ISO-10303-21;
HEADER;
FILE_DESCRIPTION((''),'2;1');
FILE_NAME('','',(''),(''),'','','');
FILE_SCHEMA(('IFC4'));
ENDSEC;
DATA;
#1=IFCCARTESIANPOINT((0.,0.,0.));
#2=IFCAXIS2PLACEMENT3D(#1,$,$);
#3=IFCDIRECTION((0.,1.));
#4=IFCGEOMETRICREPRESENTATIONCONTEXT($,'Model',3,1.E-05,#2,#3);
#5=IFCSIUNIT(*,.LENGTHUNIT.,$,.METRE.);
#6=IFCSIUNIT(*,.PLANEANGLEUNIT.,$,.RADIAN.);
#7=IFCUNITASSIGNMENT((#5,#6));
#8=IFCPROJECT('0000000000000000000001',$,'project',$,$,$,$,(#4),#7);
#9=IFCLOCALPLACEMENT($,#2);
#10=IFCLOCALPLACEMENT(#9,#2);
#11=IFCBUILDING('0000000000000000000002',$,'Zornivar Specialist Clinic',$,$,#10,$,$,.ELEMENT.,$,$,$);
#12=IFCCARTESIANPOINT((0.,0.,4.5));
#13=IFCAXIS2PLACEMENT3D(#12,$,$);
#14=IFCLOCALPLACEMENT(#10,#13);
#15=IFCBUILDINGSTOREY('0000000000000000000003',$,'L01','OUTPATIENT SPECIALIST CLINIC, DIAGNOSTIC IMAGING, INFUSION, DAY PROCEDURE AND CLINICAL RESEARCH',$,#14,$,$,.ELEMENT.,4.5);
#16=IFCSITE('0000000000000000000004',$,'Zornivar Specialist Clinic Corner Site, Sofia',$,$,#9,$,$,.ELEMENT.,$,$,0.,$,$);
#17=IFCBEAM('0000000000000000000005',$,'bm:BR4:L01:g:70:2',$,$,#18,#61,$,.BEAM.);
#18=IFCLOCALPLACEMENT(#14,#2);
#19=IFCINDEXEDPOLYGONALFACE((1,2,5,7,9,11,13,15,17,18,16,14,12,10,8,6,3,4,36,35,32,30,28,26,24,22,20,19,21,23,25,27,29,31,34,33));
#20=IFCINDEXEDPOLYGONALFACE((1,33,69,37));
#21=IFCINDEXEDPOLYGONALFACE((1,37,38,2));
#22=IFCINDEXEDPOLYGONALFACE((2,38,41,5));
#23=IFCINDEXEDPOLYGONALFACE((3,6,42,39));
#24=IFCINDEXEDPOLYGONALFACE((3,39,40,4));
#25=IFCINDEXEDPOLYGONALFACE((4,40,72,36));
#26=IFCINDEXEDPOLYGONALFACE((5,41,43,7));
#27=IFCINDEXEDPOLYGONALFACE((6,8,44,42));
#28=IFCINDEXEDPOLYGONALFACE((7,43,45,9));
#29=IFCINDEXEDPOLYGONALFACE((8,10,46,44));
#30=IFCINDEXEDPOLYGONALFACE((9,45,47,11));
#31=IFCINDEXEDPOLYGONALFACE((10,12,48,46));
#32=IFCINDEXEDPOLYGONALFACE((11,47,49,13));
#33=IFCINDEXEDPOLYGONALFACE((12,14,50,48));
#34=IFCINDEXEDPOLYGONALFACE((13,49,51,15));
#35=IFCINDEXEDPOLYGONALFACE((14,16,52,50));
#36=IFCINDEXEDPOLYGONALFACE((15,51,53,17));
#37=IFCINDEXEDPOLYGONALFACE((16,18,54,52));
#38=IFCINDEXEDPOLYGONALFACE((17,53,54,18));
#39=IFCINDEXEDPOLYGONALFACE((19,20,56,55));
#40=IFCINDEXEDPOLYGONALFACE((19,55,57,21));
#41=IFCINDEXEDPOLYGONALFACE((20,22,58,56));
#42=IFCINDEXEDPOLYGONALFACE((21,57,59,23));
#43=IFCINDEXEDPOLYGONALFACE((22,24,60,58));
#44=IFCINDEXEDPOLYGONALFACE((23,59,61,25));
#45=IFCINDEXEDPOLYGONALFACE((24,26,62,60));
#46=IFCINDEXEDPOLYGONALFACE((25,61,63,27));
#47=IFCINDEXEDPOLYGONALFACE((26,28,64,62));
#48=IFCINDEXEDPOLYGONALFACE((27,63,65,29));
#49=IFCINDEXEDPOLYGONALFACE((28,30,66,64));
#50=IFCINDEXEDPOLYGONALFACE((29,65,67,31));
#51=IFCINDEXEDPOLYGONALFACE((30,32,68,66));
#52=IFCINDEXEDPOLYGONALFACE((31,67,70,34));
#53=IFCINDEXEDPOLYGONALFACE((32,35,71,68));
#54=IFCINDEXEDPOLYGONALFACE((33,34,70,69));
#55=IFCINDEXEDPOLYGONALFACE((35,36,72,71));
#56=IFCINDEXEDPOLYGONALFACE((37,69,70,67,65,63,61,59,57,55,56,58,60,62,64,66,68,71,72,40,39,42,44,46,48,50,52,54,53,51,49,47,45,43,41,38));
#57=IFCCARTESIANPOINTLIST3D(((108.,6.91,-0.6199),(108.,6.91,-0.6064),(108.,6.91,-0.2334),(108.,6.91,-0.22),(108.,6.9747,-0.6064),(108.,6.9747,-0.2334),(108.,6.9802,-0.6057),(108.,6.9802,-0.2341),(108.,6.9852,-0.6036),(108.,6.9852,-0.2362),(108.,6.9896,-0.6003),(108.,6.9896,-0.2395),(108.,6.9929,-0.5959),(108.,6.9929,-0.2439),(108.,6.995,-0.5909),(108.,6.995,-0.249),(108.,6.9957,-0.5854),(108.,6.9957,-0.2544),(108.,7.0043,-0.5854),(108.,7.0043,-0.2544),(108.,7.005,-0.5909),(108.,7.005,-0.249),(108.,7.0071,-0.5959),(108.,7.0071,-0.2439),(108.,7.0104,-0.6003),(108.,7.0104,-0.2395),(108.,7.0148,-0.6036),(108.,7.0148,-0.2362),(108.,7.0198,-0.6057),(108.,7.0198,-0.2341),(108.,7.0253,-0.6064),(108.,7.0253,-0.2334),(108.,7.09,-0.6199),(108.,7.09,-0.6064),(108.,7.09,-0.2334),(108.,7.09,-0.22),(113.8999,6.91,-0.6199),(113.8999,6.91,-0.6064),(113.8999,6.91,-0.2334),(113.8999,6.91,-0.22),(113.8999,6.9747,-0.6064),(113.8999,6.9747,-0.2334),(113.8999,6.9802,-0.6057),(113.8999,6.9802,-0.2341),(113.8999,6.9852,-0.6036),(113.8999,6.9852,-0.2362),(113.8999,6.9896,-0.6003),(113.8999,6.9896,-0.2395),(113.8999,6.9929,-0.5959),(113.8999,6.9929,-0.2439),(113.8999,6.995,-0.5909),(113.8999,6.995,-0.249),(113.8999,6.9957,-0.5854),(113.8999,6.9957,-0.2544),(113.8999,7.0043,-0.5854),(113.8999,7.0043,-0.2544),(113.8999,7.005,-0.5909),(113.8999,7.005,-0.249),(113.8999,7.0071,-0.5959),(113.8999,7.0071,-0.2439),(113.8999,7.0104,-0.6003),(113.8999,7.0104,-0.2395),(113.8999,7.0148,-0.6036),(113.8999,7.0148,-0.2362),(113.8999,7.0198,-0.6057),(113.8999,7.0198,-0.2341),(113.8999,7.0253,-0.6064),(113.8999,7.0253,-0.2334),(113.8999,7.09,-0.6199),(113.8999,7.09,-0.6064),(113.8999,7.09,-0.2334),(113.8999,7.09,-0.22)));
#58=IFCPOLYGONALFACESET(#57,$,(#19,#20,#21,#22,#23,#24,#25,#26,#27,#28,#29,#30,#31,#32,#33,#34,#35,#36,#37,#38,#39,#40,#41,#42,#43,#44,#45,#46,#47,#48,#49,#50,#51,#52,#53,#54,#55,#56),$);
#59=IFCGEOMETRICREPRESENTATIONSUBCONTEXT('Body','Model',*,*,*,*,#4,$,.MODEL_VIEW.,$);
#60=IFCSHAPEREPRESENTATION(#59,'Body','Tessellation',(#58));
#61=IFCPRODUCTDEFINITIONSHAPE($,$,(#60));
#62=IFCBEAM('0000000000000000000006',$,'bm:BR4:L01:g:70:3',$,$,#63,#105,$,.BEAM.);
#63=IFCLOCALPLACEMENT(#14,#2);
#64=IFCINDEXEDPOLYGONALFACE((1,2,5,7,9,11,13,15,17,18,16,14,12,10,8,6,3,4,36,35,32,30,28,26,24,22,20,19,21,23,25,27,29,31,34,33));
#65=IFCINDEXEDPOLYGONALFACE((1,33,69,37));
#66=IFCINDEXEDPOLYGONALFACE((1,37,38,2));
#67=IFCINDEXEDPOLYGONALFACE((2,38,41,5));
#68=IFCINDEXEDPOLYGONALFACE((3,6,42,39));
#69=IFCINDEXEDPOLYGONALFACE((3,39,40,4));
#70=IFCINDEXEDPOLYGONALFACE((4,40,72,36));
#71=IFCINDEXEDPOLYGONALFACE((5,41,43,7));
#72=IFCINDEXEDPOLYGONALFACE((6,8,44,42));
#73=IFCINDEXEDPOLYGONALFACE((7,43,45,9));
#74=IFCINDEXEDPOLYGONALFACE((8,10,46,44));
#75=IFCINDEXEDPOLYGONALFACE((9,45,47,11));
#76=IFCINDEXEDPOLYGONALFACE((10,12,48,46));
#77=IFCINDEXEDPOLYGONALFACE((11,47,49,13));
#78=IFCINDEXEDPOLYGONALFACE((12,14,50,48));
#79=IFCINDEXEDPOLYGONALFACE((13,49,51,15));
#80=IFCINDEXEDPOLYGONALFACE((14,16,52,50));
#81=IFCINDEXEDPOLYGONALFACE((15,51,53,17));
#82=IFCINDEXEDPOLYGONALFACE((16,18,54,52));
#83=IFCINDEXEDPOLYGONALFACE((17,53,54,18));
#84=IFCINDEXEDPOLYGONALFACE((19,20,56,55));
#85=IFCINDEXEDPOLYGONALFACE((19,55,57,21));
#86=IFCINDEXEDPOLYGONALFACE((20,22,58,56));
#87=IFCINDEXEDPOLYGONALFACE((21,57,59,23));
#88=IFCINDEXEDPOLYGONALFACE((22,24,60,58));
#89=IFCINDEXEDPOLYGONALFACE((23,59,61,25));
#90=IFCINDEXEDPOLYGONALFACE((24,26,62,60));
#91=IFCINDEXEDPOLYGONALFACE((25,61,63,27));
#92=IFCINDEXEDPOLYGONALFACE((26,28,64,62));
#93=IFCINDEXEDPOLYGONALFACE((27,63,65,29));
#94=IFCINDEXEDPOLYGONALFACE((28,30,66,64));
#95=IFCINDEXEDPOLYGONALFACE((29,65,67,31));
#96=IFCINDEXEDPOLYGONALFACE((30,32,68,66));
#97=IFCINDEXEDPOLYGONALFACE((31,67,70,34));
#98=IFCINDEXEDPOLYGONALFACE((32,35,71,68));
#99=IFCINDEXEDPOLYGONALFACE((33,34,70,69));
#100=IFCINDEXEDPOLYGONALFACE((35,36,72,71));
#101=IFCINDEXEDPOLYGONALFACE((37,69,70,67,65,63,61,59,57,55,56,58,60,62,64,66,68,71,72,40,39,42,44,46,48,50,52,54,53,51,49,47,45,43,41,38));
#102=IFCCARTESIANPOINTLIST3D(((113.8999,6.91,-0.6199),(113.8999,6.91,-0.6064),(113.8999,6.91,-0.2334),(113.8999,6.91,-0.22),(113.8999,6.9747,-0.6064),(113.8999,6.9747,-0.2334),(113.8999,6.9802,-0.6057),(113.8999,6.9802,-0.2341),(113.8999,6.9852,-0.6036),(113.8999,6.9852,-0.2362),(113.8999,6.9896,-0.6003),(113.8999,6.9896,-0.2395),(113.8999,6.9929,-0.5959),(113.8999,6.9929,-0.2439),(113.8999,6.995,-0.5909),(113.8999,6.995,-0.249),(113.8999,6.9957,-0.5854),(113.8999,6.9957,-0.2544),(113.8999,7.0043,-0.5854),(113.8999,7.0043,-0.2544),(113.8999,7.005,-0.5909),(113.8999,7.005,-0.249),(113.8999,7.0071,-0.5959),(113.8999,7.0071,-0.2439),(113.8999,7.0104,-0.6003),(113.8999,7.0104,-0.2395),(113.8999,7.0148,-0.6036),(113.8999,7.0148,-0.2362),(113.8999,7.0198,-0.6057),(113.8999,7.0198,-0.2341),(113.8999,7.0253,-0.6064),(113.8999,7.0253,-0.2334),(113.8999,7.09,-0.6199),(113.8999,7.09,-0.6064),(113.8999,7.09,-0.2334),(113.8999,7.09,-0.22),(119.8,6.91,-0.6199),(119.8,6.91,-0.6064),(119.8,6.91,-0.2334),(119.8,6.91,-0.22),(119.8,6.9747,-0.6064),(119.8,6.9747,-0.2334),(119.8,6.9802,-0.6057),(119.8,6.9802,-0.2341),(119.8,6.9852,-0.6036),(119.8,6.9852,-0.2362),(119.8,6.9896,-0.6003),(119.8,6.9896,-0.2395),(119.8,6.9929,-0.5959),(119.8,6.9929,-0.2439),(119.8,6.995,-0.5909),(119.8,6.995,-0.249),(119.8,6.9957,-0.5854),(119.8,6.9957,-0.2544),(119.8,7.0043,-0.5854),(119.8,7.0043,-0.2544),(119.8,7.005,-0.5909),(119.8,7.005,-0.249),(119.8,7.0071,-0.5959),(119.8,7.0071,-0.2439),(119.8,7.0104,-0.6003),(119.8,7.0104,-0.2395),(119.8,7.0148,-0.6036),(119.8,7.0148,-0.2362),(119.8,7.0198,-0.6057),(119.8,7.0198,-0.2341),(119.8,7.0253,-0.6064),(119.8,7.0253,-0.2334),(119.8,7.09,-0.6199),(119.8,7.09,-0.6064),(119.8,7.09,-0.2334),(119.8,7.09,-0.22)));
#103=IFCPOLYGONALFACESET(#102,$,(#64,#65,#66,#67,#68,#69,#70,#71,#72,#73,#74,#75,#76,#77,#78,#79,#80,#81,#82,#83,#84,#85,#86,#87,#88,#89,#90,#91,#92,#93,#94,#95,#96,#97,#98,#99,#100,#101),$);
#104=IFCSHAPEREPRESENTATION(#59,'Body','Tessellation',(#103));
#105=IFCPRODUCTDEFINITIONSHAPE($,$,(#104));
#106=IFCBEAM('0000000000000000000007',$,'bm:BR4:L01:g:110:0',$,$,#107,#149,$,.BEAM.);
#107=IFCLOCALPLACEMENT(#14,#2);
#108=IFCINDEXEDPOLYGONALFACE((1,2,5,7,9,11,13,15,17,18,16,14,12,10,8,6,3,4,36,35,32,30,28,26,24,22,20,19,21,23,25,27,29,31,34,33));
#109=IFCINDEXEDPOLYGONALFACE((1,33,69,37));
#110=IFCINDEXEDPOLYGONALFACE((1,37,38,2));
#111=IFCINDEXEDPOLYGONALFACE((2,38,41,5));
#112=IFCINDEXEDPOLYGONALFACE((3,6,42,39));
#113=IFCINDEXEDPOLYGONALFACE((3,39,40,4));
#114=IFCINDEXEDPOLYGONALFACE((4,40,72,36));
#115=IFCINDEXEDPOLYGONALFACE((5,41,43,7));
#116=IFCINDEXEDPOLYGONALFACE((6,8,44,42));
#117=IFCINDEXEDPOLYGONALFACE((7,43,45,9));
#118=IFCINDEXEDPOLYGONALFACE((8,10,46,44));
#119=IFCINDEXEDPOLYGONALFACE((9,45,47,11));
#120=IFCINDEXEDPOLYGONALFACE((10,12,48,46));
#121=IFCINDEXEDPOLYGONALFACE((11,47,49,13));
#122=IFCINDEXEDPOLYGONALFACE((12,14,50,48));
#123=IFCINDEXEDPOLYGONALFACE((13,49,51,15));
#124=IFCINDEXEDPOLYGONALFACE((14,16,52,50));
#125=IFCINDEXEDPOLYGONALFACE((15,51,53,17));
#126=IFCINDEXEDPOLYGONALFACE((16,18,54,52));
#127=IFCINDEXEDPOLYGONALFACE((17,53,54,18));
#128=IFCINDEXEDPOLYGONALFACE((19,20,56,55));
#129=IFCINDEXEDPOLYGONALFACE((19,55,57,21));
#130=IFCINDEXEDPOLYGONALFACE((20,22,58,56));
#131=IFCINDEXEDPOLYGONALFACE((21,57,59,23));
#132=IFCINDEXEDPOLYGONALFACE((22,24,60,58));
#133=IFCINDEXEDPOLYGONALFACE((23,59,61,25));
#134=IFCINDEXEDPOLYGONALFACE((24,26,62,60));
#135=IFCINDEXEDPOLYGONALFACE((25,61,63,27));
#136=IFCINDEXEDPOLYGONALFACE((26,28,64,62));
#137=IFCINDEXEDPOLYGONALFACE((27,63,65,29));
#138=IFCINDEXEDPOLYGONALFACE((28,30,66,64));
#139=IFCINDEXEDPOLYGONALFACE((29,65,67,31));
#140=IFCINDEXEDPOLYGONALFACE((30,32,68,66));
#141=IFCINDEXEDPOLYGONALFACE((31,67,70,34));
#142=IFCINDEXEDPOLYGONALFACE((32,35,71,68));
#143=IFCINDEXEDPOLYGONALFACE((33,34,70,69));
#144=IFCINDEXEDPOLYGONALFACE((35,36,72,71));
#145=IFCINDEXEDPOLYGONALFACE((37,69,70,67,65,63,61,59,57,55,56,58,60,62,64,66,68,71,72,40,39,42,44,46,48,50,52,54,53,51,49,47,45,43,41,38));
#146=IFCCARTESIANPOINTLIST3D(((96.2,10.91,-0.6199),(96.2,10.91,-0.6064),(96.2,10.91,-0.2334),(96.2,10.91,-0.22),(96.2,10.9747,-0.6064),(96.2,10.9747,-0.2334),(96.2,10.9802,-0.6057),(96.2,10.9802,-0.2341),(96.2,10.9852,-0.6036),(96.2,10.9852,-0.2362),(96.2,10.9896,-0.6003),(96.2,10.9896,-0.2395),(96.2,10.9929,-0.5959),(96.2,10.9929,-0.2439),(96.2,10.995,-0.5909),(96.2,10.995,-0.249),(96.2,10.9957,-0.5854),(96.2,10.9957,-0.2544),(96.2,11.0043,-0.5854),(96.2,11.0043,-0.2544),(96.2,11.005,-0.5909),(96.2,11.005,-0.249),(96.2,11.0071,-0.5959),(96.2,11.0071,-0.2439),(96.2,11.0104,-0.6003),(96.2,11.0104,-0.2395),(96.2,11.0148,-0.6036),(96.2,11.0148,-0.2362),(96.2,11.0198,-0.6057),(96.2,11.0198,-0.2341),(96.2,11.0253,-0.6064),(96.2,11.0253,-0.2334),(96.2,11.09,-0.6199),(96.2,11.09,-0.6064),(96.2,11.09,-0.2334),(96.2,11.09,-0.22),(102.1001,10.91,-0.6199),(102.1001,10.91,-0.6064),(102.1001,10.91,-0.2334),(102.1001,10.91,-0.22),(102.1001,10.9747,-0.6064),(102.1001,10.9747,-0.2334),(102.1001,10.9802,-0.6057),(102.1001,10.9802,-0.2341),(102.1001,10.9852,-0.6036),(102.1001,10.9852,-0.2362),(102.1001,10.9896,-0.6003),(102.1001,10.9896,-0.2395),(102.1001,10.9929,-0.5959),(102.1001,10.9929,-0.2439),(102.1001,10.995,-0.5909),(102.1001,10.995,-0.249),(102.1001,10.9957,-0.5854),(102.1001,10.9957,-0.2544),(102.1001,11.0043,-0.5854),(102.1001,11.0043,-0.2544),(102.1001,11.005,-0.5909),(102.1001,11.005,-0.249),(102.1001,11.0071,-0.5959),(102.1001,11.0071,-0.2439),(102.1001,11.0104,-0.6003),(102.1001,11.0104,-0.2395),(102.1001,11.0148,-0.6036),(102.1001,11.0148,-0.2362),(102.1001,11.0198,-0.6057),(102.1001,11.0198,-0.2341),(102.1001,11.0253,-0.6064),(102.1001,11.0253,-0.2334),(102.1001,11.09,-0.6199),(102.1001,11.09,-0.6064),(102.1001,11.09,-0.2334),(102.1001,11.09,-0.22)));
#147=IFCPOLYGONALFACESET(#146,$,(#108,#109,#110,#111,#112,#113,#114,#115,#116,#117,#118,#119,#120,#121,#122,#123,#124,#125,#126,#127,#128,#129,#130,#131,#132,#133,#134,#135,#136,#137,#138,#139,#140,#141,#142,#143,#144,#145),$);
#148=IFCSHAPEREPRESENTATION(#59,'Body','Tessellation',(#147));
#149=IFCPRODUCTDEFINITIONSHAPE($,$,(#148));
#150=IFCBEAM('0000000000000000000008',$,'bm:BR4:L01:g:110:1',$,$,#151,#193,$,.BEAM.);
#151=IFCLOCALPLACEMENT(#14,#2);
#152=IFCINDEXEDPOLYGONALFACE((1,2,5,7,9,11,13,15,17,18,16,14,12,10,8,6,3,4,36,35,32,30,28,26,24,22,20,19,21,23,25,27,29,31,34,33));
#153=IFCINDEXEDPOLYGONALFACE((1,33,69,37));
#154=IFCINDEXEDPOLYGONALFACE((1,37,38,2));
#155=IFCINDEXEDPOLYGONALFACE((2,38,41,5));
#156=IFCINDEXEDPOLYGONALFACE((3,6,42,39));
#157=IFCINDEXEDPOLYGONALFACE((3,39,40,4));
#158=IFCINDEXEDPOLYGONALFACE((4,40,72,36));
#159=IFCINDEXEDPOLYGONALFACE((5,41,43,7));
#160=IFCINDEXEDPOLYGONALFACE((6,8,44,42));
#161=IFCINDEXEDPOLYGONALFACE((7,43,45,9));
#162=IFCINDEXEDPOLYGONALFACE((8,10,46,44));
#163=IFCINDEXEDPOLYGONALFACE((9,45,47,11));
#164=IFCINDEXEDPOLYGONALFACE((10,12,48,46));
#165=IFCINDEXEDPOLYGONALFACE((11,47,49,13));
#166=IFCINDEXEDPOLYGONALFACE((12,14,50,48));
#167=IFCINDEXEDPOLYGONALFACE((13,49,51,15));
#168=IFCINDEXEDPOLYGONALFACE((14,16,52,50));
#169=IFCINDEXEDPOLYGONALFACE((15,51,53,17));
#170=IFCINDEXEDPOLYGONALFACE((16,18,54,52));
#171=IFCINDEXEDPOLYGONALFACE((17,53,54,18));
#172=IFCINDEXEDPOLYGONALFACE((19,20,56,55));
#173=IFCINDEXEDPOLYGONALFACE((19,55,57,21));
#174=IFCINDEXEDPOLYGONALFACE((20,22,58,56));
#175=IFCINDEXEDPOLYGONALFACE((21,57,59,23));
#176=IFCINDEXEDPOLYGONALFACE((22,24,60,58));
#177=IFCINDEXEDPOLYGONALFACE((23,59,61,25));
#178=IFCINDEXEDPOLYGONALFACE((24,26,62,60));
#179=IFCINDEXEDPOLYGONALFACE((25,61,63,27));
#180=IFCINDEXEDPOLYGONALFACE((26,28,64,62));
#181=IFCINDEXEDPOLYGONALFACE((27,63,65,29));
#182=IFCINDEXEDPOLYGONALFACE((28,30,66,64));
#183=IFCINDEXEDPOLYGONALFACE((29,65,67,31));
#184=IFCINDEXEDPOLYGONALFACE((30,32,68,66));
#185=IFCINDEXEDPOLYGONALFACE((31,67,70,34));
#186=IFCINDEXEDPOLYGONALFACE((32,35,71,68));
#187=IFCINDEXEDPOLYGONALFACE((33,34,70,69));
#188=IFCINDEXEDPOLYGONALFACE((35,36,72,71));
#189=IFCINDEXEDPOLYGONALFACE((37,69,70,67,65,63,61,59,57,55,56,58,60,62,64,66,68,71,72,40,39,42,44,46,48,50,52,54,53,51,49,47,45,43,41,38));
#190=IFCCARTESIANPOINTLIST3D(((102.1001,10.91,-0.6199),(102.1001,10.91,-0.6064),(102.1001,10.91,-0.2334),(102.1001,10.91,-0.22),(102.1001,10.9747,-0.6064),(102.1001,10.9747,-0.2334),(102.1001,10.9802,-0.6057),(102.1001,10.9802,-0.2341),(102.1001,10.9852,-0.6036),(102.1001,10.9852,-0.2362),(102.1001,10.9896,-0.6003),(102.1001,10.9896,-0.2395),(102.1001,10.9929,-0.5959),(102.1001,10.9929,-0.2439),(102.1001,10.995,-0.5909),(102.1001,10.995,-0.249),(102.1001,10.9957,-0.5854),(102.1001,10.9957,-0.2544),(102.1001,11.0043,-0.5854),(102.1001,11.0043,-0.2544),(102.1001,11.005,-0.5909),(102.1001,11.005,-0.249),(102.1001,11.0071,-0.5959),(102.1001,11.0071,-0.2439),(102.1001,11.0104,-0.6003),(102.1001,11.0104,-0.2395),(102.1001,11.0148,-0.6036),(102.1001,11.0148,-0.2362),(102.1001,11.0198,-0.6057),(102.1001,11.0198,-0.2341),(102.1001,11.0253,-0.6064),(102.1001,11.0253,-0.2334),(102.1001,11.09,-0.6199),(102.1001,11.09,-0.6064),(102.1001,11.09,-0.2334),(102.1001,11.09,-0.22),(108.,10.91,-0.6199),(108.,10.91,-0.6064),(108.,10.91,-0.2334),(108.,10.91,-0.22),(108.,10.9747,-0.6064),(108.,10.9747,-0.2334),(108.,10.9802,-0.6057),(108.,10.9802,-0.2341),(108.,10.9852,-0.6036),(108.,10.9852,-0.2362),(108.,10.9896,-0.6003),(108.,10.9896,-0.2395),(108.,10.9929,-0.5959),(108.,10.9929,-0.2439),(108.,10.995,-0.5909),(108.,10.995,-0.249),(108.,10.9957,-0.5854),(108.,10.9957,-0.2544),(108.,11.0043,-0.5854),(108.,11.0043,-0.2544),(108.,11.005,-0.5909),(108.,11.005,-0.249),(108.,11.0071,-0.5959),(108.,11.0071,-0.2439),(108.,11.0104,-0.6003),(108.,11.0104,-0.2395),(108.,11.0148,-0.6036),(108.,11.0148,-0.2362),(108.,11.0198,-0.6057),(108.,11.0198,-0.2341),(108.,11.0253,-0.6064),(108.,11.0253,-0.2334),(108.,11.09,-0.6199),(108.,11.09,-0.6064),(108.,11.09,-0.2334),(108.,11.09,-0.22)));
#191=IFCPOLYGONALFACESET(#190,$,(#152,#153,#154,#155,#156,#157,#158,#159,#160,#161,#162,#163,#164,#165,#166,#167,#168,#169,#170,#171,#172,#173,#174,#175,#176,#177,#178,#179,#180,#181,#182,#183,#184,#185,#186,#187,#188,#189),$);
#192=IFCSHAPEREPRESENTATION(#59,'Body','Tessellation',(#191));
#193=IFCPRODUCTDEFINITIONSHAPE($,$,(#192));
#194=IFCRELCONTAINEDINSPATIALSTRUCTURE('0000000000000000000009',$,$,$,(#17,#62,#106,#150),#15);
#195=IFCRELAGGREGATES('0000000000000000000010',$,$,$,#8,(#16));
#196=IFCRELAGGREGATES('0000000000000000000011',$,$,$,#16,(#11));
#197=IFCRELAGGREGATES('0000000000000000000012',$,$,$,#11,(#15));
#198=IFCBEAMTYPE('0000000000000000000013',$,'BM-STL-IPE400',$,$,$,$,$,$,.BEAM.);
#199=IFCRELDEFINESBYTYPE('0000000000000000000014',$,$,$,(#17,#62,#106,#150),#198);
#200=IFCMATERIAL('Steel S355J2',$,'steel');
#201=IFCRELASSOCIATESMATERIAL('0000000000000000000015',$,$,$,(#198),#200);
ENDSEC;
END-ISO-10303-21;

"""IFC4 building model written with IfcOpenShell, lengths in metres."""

from ifc_helpers import new_model, si_unit, direction, frame, origin, origin_2d, place, context, subcontext, project, spatial, i_section, extrude, material, material_profile, profile_set, type_object, element, save


model = new_model("IFC4")

# Units and contexts
model_context = context("Model", 3, precision=1e-05, world=origin(), true_north=direction((0.0, 1.0)))
body_context = subcontext(model_context, "Body", "Model", "MODEL_VIEW")
ifc_project = project(units=[si_unit("LENGTHUNIT", "METRE"), si_unit("PLANEANGLEUNIT", "RADIAN")], contexts=[model_context])

# Site, building, storey
site_placement = place(None, origin())
site = spatial("IfcSite", under=ifc_project, at=site_placement, Name="Zornivar Specialist Clinic Corner Site, Sofia", CompositionType="ELEMENT", RefElevation=0.0)
building_placement = place(site_placement, origin())
building = spatial("IfcBuilding", under=site, at=building_placement, Name="Zornivar Specialist Clinic", CompositionType="ELEMENT")
storey_placement = place(building_placement, frame((0.0, 0.0, 4.5)))
storey = spatial("IfcBuildingStorey", under=building, at=storey_placement, Name="L01", Description="OUTPATIENT SPECIALIST CLINIC, DIAGNOSTIC IMAGING, INFUSION, DAY PROCEDURE AND CLINICAL RESEARCH", CompositionType="ELEMENT", Elevation=4.5)

# Beams
ifc_material_1 = material(Name="Steel S355J2", Category="steel")
ifc_material_profile_1 = material_profile(ifc_material_1, i_section(OverallWidth=0.1799, OverallDepth=0.3999, WebThickness=0.0085, FlangeThickness=0.0134, FilletRadius=0.021, at=origin_2d()), Name="IPE 400")
ifc_profile_set_1 = profile_set([ifc_material_profile_1], Name="Steel S355J2")
beam_type_1 = type_object("IfcBeamType", Name="BM-STL-IPE400", PredefinedType="BEAM", material=ifc_profile_set_1)
for number, where, z_axis, x_axis, name in (
    (1, (108.0, 7.0, -0.4199), (1.0, 0.0, 0.0), (0.0, 1.0, 0.0), "bm:BR4:L01:g:70:2"),
):
    element("IfcBeam", number, at=place(storey_placement, frame(where, z_axis=z_axis, x_axis=x_axis)), inside=storey, type_object=beam_type_1, Name=name, PredefinedType="BEAM", context=body_context, shape_type="SweptSolid", body=[
        extrude(i_section(OverallWidth=0.1799, OverallDepth=0.3999, WebThickness=0.0085, FlangeThickness=0.0134, FilletRadius=0.021, at=origin_2d()), origin(), (0.0, 0.0, 1.0), 5.8999),
    ])
for number, where, z_axis, x_axis, name in (
    (2, (113.8999, 7.0, -0.4199), (1.0, 0.0, 0.0), (0.0, 1.0, 0.0), "bm:BR4:L01:g:70:3"),
    (3, (96.2, 11.0, -0.4199), (1.0, 0.0, 0.0), (0.0, 1.0, 0.0), "bm:BR4:L01:g:110:0"),
):
    element("IfcBeam", number, at=place(storey_placement, frame(where, z_axis=z_axis, x_axis=x_axis)), inside=storey, type_object=beam_type_1, Name=name, PredefinedType="BEAM", context=body_context, shape_type="SweptSolid", body=[
        extrude(i_section(OverallWidth=0.1799, OverallDepth=0.3999, WebThickness=0.0085, FlangeThickness=0.0134, FilletRadius=0.021, at=origin_2d()), origin(), (0.0, 0.0, 1.0), 5.9001),
    ])
for number, where, z_axis, x_axis, name in (
    (4, (102.1001, 11.0, -0.4199), (1.0, 0.0, 0.0), (0.0, 1.0, 0.0), "bm:BR4:L01:g:110:1"),
):
    element("IfcBeam", number, at=place(storey_placement, frame(where, z_axis=z_axis, x_axis=x_axis)), inside=storey, type_object=beam_type_1, Name=name, PredefinedType="BEAM", context=body_context, shape_type="SweptSolid", body=[
        extrude(i_section(OverallWidth=0.1799, OverallDepth=0.3999, WebThickness=0.0085, FlangeThickness=0.0134, FilletRadius=0.021, at=origin_2d()), origin(), (0.0, 0.0, 1.0), 5.8999),
    ])

save(model, "model.ifc")
